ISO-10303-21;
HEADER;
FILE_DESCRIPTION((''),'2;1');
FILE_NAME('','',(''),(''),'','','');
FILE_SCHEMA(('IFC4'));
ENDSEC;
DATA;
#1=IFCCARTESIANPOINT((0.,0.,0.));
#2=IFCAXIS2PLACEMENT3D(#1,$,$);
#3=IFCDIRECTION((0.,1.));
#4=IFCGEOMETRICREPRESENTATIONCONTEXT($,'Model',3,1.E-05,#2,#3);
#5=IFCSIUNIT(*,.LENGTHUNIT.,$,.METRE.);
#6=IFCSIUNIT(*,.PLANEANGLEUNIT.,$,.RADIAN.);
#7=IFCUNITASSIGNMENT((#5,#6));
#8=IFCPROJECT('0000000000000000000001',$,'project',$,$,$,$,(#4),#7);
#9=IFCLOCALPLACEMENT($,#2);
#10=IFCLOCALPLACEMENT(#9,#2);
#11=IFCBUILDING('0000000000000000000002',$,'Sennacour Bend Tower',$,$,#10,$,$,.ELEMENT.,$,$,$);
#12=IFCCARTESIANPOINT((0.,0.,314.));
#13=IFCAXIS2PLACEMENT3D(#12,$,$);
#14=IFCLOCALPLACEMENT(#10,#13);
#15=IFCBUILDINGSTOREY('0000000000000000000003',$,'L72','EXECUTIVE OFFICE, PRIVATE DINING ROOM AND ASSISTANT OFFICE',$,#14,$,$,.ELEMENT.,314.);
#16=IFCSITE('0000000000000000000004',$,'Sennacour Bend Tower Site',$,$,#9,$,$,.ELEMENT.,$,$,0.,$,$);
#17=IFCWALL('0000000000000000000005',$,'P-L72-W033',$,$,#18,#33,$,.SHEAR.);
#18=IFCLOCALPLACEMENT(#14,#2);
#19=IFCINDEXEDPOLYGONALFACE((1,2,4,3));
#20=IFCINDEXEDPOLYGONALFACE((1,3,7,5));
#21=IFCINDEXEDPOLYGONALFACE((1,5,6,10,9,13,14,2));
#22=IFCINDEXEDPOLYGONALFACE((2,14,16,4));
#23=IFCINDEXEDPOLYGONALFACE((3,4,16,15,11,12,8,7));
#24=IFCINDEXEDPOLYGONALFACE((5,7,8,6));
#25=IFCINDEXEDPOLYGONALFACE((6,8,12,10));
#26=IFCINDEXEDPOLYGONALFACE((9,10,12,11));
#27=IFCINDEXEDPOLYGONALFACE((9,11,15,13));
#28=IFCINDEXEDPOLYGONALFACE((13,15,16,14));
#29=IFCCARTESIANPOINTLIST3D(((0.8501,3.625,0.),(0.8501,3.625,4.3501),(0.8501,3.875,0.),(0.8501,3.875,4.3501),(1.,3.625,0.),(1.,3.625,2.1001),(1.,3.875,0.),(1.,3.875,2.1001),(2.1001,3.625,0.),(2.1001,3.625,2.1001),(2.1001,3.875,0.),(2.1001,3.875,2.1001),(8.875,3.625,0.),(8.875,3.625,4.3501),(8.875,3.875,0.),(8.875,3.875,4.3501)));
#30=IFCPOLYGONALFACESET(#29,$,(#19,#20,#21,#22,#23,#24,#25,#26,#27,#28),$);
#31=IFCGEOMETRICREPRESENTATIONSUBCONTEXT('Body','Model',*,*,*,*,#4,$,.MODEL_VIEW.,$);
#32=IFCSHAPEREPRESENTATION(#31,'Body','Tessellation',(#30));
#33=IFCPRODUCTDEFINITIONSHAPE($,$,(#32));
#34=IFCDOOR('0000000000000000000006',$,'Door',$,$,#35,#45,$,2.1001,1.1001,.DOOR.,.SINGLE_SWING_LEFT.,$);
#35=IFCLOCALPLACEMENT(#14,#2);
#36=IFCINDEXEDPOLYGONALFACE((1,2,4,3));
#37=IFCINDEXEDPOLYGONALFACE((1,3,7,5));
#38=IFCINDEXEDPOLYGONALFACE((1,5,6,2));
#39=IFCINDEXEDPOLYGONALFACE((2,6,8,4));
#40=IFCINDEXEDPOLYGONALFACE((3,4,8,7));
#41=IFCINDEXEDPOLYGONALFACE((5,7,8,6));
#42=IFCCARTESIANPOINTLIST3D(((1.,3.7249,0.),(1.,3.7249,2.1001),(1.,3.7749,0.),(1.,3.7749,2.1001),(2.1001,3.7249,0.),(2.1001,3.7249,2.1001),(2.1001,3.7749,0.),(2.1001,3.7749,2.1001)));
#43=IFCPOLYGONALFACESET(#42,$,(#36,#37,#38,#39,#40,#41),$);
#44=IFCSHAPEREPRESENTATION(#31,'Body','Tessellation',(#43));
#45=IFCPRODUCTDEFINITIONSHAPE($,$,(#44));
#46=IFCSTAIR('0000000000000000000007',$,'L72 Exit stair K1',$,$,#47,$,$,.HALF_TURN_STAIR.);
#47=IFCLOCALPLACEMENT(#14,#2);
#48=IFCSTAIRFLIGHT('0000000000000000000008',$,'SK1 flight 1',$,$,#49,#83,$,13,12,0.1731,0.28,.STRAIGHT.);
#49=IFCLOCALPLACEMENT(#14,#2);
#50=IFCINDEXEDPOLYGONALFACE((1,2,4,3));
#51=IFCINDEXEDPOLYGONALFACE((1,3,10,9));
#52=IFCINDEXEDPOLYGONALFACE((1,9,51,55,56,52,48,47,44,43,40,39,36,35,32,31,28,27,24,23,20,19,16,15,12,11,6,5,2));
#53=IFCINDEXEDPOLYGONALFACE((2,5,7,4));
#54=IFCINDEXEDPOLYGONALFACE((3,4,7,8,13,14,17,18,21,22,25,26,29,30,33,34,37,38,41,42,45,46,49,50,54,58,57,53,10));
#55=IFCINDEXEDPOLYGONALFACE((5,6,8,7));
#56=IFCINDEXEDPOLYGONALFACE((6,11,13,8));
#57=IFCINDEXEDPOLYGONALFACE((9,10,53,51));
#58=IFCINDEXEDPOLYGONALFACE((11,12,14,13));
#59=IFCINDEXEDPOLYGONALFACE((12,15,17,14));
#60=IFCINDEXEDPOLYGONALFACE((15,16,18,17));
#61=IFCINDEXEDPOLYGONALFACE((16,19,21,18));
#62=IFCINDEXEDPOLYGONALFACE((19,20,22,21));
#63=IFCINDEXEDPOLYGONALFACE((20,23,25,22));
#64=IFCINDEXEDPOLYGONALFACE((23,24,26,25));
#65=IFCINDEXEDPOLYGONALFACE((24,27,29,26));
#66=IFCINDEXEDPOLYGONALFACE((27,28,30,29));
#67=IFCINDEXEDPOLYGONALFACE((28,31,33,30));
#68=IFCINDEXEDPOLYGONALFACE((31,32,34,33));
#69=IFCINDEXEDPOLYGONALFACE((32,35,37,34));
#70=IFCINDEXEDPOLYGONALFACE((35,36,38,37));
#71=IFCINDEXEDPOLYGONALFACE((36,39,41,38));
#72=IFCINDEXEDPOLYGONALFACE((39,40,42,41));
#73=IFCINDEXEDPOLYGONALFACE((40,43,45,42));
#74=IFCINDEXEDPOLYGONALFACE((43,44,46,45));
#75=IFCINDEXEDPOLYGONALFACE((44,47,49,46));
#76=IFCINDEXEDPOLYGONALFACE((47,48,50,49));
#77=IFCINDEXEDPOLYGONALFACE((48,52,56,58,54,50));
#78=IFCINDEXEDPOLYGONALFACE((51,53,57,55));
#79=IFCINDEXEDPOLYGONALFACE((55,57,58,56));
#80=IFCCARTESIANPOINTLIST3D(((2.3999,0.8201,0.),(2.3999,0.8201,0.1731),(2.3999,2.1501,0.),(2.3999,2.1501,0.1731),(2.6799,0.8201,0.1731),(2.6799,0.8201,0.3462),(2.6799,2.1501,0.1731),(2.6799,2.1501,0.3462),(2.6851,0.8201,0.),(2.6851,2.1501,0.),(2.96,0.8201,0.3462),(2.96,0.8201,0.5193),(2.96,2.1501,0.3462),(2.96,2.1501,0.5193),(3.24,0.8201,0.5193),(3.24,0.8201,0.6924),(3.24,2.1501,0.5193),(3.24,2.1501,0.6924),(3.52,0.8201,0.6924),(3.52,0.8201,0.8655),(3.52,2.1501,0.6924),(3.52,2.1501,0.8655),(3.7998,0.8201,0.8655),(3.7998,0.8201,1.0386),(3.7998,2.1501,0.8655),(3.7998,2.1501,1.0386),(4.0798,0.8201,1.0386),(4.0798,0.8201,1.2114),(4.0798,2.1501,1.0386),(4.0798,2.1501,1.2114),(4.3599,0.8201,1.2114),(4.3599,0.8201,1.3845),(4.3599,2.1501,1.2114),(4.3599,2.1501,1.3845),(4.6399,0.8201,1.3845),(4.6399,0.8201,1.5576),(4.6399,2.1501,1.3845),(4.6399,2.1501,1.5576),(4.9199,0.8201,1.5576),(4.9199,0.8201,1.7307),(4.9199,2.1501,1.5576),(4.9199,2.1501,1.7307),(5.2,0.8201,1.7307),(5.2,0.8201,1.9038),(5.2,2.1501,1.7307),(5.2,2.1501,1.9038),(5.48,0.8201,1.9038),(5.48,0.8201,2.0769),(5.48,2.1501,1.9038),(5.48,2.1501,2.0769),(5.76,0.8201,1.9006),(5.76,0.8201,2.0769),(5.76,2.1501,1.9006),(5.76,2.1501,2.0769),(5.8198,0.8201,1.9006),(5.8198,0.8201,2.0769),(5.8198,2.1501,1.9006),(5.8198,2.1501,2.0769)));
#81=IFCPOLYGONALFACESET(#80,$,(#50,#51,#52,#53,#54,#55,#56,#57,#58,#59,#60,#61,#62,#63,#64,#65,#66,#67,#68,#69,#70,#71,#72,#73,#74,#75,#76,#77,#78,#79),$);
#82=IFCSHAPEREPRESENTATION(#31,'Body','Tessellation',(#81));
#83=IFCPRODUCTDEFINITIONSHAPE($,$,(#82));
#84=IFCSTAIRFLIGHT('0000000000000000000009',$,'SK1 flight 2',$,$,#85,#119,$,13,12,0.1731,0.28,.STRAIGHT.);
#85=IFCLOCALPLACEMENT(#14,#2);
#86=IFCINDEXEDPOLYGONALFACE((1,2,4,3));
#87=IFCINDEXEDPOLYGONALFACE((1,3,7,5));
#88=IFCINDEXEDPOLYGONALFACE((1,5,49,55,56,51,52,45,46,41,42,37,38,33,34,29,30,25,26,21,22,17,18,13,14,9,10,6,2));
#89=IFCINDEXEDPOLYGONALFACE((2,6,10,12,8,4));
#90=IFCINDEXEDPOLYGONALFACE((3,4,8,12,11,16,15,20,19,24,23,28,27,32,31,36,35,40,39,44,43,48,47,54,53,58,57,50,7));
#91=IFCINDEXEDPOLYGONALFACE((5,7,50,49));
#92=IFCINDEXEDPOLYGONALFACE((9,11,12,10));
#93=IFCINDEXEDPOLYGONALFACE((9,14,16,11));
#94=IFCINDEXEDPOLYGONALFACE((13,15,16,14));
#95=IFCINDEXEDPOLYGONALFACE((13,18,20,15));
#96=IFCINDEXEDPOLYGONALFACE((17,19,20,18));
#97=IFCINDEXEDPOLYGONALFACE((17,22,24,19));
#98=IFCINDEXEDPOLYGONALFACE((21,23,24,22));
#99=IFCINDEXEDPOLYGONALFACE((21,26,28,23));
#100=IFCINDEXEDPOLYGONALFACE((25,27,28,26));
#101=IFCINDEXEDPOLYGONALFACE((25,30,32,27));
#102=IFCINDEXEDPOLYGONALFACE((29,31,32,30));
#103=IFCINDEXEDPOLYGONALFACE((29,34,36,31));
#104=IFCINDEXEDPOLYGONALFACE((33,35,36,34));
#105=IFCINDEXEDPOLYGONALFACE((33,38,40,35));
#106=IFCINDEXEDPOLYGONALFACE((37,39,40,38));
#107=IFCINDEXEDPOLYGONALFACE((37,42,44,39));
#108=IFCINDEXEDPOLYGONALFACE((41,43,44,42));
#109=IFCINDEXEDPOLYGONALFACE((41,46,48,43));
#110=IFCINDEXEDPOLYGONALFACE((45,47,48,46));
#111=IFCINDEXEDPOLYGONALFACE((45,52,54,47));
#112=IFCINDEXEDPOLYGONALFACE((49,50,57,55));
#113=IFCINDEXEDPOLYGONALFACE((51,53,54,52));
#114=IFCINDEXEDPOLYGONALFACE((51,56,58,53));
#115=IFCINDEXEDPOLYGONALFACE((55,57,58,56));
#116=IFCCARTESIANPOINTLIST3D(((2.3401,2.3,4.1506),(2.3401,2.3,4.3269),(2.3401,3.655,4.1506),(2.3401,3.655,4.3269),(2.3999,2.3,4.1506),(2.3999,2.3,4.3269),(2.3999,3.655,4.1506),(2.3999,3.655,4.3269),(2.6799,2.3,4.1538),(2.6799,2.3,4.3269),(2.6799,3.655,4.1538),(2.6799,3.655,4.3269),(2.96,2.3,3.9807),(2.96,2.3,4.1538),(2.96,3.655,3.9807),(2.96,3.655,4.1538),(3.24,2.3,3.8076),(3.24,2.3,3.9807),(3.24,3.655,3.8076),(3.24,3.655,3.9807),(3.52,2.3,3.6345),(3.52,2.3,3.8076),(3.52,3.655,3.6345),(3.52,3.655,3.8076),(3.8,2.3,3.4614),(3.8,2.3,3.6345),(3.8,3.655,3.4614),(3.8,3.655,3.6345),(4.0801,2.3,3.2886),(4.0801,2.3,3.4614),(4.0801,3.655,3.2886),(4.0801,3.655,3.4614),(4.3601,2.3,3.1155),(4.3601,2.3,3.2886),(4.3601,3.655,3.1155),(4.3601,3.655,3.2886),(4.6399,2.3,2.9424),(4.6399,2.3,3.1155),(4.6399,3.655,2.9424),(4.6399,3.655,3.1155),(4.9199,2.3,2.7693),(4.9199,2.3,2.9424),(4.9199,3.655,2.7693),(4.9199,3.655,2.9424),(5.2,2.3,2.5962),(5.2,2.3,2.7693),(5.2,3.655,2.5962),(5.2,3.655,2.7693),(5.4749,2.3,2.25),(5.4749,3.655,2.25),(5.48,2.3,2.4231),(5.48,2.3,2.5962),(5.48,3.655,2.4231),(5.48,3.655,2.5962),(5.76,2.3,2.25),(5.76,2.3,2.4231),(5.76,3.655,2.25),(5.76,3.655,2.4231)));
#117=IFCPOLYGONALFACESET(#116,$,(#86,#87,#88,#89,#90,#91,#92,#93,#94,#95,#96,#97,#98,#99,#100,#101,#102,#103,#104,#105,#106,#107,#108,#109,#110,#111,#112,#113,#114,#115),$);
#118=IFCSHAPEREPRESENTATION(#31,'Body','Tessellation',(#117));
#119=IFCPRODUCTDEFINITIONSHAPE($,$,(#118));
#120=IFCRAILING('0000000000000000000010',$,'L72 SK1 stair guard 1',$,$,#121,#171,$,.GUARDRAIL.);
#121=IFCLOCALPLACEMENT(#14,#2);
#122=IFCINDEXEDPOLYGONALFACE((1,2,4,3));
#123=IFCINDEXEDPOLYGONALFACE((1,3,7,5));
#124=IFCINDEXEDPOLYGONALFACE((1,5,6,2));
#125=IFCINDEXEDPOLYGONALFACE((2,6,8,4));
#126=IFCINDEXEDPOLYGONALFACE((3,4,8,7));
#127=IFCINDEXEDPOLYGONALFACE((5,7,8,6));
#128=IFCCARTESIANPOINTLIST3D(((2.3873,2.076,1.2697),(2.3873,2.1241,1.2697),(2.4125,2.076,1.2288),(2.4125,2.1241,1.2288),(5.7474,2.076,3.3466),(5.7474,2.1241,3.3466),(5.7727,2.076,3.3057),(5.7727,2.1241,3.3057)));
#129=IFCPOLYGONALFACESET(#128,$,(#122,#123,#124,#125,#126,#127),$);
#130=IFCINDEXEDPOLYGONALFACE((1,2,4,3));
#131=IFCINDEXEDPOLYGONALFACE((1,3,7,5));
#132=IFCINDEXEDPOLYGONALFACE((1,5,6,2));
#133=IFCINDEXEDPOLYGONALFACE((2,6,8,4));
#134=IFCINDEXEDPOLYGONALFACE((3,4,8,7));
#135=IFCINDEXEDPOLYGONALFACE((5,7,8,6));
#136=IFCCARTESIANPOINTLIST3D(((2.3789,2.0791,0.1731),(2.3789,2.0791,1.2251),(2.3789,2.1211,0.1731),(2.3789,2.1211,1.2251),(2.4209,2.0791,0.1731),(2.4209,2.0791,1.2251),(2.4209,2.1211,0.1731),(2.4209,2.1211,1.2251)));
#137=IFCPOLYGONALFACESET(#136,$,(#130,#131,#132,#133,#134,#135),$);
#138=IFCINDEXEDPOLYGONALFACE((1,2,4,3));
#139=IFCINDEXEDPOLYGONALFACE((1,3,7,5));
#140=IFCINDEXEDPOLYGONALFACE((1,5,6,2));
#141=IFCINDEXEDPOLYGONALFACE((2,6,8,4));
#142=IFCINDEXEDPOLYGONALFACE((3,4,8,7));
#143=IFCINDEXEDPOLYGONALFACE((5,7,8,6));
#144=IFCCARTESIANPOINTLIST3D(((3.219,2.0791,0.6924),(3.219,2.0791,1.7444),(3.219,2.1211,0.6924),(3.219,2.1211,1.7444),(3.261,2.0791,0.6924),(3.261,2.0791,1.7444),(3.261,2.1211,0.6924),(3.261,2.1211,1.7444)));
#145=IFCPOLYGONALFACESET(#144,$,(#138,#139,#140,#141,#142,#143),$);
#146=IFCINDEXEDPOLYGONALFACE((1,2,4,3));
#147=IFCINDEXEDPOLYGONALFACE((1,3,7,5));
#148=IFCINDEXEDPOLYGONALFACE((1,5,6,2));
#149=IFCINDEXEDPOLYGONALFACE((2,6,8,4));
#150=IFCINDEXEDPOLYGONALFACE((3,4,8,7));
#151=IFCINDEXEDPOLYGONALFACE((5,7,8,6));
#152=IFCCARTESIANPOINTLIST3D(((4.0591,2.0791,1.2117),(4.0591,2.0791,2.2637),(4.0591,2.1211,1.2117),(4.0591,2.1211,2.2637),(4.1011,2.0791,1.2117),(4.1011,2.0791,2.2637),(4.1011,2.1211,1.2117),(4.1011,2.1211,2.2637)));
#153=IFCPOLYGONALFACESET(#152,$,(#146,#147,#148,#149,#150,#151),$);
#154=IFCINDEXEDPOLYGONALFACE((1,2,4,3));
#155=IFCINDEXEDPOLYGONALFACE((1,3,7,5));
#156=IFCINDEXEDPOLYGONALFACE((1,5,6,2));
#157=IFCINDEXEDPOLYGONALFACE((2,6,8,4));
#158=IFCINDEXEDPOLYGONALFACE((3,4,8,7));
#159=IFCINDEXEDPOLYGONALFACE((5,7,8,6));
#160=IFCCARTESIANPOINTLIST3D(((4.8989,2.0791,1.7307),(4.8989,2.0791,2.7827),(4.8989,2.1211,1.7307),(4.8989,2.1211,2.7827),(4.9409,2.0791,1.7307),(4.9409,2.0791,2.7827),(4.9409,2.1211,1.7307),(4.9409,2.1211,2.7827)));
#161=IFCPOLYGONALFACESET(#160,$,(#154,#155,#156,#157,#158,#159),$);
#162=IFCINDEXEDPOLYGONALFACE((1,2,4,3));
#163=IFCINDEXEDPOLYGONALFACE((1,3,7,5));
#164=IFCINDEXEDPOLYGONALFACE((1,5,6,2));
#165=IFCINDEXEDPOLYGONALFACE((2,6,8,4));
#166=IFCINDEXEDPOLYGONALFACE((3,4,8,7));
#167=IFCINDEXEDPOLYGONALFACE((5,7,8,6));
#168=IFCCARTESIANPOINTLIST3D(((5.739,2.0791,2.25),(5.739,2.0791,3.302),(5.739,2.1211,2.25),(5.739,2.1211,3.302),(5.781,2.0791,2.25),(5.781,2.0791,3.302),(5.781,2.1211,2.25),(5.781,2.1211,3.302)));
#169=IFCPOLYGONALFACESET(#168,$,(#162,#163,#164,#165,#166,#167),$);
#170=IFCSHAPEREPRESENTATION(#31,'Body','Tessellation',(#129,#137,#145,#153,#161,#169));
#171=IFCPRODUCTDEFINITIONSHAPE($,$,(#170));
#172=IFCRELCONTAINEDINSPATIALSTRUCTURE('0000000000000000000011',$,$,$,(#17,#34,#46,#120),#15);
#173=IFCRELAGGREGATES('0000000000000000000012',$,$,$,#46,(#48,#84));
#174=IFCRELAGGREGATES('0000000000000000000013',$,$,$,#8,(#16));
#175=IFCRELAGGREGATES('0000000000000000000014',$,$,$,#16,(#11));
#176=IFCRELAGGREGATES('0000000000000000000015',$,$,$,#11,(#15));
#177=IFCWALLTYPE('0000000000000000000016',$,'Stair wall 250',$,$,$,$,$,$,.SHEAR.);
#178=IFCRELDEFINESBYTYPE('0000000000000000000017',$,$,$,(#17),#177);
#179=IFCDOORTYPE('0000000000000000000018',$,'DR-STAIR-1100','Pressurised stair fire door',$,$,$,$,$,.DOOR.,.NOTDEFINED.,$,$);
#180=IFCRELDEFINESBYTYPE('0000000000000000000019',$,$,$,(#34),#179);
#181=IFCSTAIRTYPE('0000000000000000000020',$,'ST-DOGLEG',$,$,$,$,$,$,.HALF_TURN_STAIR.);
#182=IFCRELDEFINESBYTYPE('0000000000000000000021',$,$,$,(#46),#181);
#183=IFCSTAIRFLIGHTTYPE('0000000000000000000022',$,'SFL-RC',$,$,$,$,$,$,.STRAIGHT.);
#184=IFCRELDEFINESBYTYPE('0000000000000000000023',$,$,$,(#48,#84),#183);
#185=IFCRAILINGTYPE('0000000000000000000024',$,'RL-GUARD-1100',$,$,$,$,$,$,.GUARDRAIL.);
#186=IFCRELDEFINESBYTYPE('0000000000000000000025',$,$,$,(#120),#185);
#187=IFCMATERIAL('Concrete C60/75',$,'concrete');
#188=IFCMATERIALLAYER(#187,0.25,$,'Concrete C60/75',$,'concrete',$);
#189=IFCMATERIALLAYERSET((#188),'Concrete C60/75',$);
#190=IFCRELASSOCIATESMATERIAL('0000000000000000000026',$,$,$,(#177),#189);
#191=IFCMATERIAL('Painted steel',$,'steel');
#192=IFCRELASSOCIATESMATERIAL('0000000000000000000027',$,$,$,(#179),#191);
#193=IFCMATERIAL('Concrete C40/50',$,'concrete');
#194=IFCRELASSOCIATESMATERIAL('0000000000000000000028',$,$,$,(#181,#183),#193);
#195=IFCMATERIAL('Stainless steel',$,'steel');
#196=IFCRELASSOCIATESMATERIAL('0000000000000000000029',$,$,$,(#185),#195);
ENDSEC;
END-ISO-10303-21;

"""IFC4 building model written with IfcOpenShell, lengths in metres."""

from ifc_helpers import new_model, si_unit, direction, frame, frame_2d, origin, origin_2d, place, context, subcontext, project, spatial, polyline, rectangle, outline, extrude, material, layer, layer_set, type_object, element, fill, aggregate, save


model = new_model("IFC4")

# Units and contexts
model_context = context("Model", 3, precision=1e-05, world=origin(), true_north=direction((0.0, 1.0)))
body_context = subcontext(model_context, "Body", "Model", "MODEL_VIEW")
ifc_project = project(units=[si_unit("LENGTHUNIT", "METRE"), si_unit("PLANEANGLEUNIT", "RADIAN")], contexts=[model_context])

# Site, building, storey
site_placement = place(None, origin())
site = spatial("IfcSite", under=ifc_project, at=site_placement, Name="Sennacour Bend Tower Site", CompositionType="ELEMENT", RefElevation=0.0)
building_placement = place(site_placement, origin())
building = spatial("IfcBuilding", under=site, at=building_placement, Name="Sennacour Bend Tower", CompositionType="ELEMENT")
storey_placement = place(building_placement, frame((0.0, 0.0, 314.0)))
storey = spatial("IfcBuildingStorey", under=building, at=storey_placement, Name="L72", Description="EXECUTIVE OFFICE, PRIVATE DINING ROOM AND ASSISTANT OFFICE", CompositionType="ELEMENT", Elevation=314.0)

# Shared definitions
ifc_material_1 = material(Name="Concrete C60/75", Category="concrete")
ifc_layer_1 = layer(ifc_material_1, 0.25, Name="Concrete C60/75", Category="concrete")
ifc_layer_set_1 = layer_set([ifc_layer_1], Name="Concrete C60/75")
wall_type = type_object("IfcWallType", Name="Stair wall 250", PredefinedType="SHEAR", material=ifc_layer_set_1)

# Wall, opening, door
wall_1_placement = place(storey_placement, frame((0.8501, 3.75, 0.0), z_axis=(0.0, 0.0, 1.0), x_axis=(1.0, 0.0, 0.0)))
wall_1 = element("IfcWall", 1, at=wall_1_placement, inside=storey, type_object=wall_type, Name="P-L72-W033", PredefinedType="SHEAR", context=body_context, shape_type="SweptSolid", body=[
    extrude(rectangle(XDim=8.0249, YDim=0.25, at=frame_2d((4.0125, 0.0))), origin(), (0.0, 0.0, 1.0), 4.3501),
])
opening_placement = place(wall_1_placement, frame((0.1499, 0.0, 0.0)))
opening = element("IfcOpeningElement", 2, at=opening_placement, cuts=wall_1, PredefinedType="OPENING", context=body_context, shape_type="SweptSolid", body=[
    extrude(rectangle(XDim=1.1001, YDim=2.1001, at=frame_2d((0.55, 1.05))), frame((0.0, 0.135, 0.0), z_axis=(0.0, -1.0, 0.0), x_axis=(1.0, 0.0, 0.0)), (0.0, 0.0, 1.0), 0.27),
])
ifc_material_2 = material(Name="Painted steel", Category="steel")
door_type = type_object("IfcDoorType", Name="DR-STAIR-1100", Description="Pressurised stair fire door", OperationType="NOTDEFINED", PredefinedType="DOOR", material=ifc_material_2)
door_placement = place(opening_placement, origin())
door = element("IfcDoor", 3, at=door_placement, inside=storey, type_object=door_type, Name="Door", OperationType="SINGLE_SWING_LEFT", OverallHeight=2.1001, OverallWidth=1.1001, PredefinedType="DOOR", context=body_context, shape_type="SweptSolid", body=[
    extrude(rectangle(XDim=1.1001, YDim=2.1001, at=frame_2d((0.55, 1.05))), frame((0.0, 0.0249, 0.0), z_axis=(0.0, -1.0, 0.0), x_axis=(1.0, 0.0, 0.0)), (0.0, 0.0, 1.0), 0.05),
])
fill(opening, door)

# Stair, stair flights
ifc_material_3 = material(Name="Concrete C40/50", Category="concrete")
stair_type = type_object("IfcStairType", Name="ST-DOGLEG", PredefinedType="HALF_TURN_STAIR", material=ifc_material_3)
stair_placement = place(storey_placement, origin())
stair = element("IfcStair", 4, at=stair_placement, inside=storey, type_object=stair_type, Name="L72 Exit stair K1", PredefinedType="HALF_TURN_STAIR")
stair_flight_type = type_object("IfcStairFlightType", Name="SFL-RC", PredefinedType="STRAIGHT", material=ifc_material_3)
stair_flight_1_placement = place(storey_placement, frame((2.3999, 1.4851, 0.0), z_axis=(0.0, 0.0, 1.0), x_axis=(1.0, 0.0, 0.0)))
stair_flight_1 = element("IfcStairFlight", 5, at=stair_flight_1_placement, type_object=stair_flight_type, Name="SK1 flight 1", NumberOfRisers=13, NumberOfTreads=12, PredefinedType="STRAIGHT", RiserHeight=0.1731, TreadLength=0.28, context=body_context, shape_type="SweptSolid", body=[
    extrude(outline(polyline([(0.0, 0.0), (0.0, 0.1731), (0.28, 0.1731), (0.28, 0.3462), (0.5601, 0.3462), (0.5601, 0.5193), (0.8401, 0.5193), (0.8401, 0.6924), (1.1201, 0.6924), (1.1201, 0.8655), (1.3999, 0.8655), (1.3999, 1.0386), (1.6799, 1.0386), (1.6799, 1.2114), (1.96, 1.2114), (1.96, 1.3845), (2.24, 1.3845), (2.24, 1.5576), (2.52, 1.5576), (2.52, 1.7307), (2.8, 1.7307), (2.8, 1.9038), (3.0801, 1.9038), (3.0801, 2.0769), (3.3601, 2.0769), (3.4199, 2.0769), (3.4199, 1.9006), (3.3601, 1.9006), (0.2852, 0.0), (0.0, 0.0)])), frame((0.0, 0.665, 0.0), z_axis=(0.0, -1.0, 0.0), x_axis=(1.0, 0.0, 0.0)), (0.0, 0.0, 1.0), 1.3301),
])
stair_flight_2_placement = place(storey_placement, frame((5.76, 2.9775, 2.25), z_axis=(0.0, 0.0, 1.0), x_axis=(-1.0, 0.0, 0.0)))
stair_flight_2 = element("IfcStairFlight", 6, at=stair_flight_2_placement, type_object=stair_flight_type, Name="SK1 flight 2", NumberOfRisers=13, NumberOfTreads=12, PredefinedType="STRAIGHT", RiserHeight=0.1731, TreadLength=0.28, context=body_context, shape_type="SweptSolid", body=[
    extrude(outline(polyline([(0.0, 0.0), (0.0, 0.1731), (0.28, 0.1731), (0.28, 0.3462), (0.5601, 0.3462), (0.5601, 0.5193), (0.8401, 0.5193), (0.8401, 0.6924), (1.1201, 0.6924), (1.1201, 0.8655), (1.3999, 0.8655), (1.3999, 1.0386), (1.6799, 1.0386), (1.6799, 1.2114), (1.96, 1.2114), (1.96, 1.3845), (2.24, 1.3845), (2.24, 1.5576), (2.52, 1.5576), (2.52, 1.7307), (2.8, 1.7307), (2.8, 1.9038), (3.0801, 1.9038), (3.0801, 2.0769), (3.3601, 2.0769), (3.4199, 2.0769), (3.4199, 1.9006), (3.3601, 1.9006), (0.2852, 0.0), (0.0, 0.0)])), frame((0.0, 0.6775, 0.0), z_axis=(0.0, -1.0, 0.0), x_axis=(1.0, 0.0, 0.0)), (0.0, 0.0, 1.0), 1.355),
])
aggregate(stair, [stair_flight_1, stair_flight_2])

# Railing
ifc_material_4 = material(Name="Stainless steel", Category="steel")
railing_type_1 = type_object("IfcRailingType", Name="RL-GUARD-1100", PredefinedType="GUARDRAIL", material=ifc_material_4)
railing_1_placement = place(storey_placement, frame((2.3999, 2.1001, 0.1731)))
element("IfcRailing", 7, at=railing_1_placement, inside=storey, type_object=railing_type_1, Name="L72 SK1 stair guard 1", PredefinedType="GUARDRAIL", context=body_context, shape_type="SweptSolid", body=[
    extrude(rectangle(XDim=0.0481, YDim=0.0481, at=origin_2d()), frame((0.0, 0.0, 1.0762), z_axis=(0.850623, 0.0, 0.525776), x_axis=(0.0, 1.0, 0.0)), (0.0, 0.0, 1.0), 3.9502),
    extrude(rectangle(XDim=0.042, YDim=0.042, at=origin_2d()), origin(), (0.0, 0.0, 1.0), 1.052),
    extrude(rectangle(XDim=0.042, YDim=0.042, at=origin_2d()), frame((0.8401, 0.0, 0.5193)), (0.0, 0.0, 1.0), 1.052),
    extrude(rectangle(XDim=0.042, YDim=0.042, at=origin_2d()), frame((1.6802, 0.0, 1.0386)), (0.0, 0.0, 1.0), 1.052),
    extrude(rectangle(XDim=0.042, YDim=0.042, at=origin_2d()), frame((2.52, 0.0, 1.5576)), (0.0, 0.0, 1.0), 1.052),
    extrude(rectangle(XDim=0.042, YDim=0.042, at=origin_2d()), frame((3.3601, 0.0, 2.0769)), (0.0, 0.0, 1.0), 1.052),
])

save(model, "model.ifc")
